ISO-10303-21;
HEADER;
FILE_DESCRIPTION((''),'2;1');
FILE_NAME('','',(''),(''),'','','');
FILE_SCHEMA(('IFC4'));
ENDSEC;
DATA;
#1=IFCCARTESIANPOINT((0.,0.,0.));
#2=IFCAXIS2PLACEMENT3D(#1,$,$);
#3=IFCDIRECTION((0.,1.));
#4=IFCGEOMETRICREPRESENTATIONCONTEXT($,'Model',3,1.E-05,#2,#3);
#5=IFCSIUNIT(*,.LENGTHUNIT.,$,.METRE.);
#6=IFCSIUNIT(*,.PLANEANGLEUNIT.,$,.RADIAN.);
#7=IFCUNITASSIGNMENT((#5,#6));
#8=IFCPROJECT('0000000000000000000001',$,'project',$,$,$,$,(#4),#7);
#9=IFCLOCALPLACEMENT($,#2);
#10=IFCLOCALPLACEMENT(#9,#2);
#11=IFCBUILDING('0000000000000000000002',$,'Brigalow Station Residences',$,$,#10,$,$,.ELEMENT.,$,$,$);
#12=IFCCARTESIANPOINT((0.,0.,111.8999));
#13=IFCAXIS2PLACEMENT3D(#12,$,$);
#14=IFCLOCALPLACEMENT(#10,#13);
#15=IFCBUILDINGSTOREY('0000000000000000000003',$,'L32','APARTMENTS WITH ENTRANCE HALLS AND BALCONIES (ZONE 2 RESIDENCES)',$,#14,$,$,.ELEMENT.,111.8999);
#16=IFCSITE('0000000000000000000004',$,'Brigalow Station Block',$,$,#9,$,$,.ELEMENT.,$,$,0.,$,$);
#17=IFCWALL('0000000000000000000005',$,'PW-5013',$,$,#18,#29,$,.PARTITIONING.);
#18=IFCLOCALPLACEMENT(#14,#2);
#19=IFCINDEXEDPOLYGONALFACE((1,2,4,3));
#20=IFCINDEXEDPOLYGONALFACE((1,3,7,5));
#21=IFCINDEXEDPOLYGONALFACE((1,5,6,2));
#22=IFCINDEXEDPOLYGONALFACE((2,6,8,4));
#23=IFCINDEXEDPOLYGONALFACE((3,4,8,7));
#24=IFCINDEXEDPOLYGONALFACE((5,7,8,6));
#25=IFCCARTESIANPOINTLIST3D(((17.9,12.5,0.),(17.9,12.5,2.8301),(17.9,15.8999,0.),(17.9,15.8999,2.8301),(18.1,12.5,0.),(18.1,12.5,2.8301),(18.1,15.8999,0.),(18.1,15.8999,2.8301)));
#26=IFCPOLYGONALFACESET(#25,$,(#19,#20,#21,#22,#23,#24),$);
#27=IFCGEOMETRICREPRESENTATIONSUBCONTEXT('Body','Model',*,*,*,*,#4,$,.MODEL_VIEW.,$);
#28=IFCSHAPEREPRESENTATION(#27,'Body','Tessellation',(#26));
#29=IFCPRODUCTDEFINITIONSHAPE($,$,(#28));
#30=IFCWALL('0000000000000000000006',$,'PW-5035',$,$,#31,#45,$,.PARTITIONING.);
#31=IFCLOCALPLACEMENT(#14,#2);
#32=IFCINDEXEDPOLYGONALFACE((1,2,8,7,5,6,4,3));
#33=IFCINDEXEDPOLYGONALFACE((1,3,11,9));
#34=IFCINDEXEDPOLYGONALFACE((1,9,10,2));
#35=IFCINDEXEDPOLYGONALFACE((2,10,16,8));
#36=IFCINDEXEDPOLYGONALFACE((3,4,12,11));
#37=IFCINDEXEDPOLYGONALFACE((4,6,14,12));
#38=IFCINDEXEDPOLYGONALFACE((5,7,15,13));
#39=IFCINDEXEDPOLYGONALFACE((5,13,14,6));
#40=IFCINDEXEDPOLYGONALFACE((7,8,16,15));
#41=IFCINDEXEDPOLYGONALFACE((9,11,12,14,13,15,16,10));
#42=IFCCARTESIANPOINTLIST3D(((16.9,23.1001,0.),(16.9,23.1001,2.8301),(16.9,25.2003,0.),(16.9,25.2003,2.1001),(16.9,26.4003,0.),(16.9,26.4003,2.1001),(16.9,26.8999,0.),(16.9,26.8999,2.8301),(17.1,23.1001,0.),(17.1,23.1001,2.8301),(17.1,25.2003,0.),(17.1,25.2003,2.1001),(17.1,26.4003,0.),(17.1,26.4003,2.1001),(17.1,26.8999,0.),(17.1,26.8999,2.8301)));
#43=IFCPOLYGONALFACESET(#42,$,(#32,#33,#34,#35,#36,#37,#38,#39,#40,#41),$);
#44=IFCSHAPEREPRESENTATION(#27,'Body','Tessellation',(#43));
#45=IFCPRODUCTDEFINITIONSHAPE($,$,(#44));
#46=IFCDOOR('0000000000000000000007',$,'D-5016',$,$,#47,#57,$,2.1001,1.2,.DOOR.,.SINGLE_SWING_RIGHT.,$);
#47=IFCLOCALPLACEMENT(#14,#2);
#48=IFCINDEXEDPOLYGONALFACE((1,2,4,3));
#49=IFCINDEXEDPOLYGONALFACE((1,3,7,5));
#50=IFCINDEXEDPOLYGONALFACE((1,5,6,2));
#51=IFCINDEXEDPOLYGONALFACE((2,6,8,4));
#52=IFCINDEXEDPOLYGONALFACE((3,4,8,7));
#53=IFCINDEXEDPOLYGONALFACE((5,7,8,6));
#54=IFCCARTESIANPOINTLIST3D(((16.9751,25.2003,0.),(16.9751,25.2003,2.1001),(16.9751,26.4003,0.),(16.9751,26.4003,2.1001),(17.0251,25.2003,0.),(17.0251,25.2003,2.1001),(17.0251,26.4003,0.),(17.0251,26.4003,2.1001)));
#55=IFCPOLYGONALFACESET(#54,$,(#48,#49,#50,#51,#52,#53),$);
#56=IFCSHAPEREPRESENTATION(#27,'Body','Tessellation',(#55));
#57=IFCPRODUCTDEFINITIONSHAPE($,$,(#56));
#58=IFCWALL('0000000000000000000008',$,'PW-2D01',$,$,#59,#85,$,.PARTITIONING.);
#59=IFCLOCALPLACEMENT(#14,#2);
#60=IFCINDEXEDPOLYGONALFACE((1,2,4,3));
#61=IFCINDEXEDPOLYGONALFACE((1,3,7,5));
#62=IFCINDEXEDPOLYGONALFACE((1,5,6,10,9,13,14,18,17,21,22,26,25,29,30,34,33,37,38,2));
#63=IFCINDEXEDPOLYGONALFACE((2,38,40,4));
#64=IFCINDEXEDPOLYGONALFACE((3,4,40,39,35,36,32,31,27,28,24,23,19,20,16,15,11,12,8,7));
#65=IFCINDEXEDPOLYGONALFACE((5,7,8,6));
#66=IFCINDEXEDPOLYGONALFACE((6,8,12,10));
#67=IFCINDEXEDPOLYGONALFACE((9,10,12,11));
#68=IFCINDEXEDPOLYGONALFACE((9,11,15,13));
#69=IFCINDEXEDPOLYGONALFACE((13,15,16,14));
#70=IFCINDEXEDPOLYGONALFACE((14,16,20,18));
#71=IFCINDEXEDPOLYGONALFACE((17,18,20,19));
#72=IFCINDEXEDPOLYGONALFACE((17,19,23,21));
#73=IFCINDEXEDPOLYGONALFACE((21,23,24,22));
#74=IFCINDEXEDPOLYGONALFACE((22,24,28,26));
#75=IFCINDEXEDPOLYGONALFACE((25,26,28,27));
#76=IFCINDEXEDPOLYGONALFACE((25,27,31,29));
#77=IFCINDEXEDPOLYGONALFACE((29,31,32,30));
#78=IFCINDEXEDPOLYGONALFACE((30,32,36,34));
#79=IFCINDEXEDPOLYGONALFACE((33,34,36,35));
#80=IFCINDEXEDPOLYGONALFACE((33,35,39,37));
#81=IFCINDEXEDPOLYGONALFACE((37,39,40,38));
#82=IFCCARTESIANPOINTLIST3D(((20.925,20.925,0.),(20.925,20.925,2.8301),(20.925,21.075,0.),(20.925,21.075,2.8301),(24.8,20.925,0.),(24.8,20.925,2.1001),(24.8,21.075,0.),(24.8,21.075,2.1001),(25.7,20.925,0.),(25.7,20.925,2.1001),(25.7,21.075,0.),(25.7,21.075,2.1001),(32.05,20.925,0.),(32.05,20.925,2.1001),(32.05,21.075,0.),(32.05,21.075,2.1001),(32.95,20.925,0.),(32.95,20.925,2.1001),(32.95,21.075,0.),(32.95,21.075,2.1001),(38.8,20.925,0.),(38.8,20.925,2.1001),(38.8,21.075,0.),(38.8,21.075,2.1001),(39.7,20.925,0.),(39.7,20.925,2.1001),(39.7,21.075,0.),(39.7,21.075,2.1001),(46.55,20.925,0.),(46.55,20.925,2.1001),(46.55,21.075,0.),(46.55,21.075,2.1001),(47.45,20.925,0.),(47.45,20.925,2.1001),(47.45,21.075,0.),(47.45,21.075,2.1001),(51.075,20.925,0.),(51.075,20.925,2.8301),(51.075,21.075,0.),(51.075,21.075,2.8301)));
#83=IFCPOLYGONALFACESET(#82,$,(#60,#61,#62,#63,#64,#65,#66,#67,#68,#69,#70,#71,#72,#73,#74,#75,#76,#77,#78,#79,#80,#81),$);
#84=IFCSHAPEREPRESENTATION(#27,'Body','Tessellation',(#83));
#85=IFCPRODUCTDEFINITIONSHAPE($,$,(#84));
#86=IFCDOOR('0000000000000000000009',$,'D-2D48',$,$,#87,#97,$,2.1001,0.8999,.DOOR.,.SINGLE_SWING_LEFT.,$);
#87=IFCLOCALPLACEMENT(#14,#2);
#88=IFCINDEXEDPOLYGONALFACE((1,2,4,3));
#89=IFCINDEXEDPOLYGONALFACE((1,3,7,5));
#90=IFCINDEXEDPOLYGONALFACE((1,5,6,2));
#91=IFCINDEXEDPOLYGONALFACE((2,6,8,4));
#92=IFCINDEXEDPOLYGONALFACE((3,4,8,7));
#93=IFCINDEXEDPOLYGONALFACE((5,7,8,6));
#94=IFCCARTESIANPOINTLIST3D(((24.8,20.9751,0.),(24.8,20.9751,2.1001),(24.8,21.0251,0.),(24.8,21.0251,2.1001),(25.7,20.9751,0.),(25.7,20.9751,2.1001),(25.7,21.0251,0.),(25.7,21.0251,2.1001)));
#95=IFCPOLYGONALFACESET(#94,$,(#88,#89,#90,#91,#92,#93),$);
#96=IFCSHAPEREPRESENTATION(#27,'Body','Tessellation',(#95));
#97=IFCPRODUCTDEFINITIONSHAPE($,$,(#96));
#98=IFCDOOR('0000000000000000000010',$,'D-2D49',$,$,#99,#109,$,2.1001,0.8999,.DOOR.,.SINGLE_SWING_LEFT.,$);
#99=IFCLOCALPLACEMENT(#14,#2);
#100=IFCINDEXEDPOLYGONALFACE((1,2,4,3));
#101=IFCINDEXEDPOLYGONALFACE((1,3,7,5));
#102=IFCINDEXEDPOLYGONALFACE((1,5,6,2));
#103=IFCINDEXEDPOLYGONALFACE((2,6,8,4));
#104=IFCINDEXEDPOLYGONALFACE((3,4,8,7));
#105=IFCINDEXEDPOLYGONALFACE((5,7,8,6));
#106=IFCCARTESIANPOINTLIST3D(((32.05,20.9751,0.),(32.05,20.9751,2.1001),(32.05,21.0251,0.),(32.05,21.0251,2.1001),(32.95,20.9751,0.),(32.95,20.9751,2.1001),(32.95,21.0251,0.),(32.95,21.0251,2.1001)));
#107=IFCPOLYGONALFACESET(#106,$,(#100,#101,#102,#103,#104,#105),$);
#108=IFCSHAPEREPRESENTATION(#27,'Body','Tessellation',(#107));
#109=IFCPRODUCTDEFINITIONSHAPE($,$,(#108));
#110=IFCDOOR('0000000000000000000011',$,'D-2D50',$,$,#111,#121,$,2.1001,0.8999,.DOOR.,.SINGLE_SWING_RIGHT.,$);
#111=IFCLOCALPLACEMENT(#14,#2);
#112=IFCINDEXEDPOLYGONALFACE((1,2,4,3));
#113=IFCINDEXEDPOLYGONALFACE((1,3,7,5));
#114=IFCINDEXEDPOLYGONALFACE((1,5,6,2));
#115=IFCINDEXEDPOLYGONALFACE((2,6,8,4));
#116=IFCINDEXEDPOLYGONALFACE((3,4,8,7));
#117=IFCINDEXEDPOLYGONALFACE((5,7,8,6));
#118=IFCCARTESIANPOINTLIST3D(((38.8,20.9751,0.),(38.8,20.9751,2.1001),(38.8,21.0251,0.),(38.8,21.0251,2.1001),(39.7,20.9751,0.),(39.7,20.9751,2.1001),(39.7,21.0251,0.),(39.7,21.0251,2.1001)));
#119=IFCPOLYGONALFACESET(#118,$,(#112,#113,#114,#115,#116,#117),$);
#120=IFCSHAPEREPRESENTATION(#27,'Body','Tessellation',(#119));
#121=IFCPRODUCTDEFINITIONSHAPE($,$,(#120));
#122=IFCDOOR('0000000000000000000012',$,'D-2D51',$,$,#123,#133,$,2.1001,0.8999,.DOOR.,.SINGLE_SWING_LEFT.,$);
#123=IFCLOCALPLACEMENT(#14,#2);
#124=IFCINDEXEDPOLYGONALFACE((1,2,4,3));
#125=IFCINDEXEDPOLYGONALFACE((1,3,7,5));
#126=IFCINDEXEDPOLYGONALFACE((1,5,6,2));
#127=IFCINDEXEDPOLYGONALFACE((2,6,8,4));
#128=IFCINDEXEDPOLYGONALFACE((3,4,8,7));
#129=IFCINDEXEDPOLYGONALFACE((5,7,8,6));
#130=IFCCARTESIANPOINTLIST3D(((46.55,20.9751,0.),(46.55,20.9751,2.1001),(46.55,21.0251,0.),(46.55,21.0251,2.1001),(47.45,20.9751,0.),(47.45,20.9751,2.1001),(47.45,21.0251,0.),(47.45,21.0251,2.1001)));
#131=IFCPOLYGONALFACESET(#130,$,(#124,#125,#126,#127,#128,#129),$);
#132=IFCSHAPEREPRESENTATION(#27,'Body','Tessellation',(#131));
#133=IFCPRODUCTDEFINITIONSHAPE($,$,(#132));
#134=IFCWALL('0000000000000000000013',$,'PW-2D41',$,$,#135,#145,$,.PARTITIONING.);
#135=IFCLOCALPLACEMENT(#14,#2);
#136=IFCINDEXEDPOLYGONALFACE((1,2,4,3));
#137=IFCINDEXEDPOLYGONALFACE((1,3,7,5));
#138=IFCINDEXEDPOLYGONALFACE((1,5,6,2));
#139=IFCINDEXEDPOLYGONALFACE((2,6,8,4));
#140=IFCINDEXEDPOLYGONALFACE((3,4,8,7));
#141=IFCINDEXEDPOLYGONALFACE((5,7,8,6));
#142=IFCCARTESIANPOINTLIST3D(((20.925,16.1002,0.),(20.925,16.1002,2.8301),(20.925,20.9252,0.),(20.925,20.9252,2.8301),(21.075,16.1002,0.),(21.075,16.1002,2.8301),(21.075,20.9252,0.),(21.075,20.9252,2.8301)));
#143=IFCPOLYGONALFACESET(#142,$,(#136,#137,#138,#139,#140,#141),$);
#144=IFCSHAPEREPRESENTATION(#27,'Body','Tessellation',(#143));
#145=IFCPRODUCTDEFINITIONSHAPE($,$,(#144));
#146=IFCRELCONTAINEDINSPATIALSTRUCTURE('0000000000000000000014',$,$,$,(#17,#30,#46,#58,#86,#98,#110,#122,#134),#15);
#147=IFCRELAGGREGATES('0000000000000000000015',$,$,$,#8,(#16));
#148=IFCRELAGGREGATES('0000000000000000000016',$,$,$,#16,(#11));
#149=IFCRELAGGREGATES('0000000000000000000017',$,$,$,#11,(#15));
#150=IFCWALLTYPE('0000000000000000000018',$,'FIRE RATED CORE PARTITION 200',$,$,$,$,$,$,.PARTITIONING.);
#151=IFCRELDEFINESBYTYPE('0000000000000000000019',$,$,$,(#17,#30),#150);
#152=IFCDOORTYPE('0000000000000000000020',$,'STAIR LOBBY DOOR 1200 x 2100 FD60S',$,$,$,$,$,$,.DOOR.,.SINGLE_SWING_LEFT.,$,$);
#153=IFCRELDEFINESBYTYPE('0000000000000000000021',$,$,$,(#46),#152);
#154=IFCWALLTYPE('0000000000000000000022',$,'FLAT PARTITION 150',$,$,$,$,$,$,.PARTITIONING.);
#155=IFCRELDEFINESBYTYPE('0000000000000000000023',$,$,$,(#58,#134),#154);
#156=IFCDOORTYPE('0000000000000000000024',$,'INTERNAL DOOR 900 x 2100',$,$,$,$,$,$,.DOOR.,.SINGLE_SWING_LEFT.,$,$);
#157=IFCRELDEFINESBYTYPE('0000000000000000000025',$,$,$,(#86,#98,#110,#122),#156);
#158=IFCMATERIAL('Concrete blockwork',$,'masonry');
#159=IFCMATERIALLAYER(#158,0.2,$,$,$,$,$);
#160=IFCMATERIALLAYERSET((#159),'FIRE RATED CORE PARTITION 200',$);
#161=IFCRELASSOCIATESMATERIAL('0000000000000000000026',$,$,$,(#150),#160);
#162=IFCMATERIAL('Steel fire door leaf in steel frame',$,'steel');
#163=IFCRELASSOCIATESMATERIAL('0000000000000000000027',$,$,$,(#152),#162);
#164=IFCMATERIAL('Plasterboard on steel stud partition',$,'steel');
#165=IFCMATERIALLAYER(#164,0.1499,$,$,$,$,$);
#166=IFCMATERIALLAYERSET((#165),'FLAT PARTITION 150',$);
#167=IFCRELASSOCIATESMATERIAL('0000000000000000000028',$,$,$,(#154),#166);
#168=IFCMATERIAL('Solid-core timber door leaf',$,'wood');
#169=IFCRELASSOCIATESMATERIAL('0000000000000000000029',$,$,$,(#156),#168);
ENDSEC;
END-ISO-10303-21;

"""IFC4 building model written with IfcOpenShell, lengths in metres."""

from ifc_helpers import new_model, si_unit, direction, frame, frame_2d, origin, place, context, subcontext, project, spatial, rectangle, extrude, material, layer, layer_set, type_object, element, fill, save


model = new_model("IFC4")

# Units and contexts
model_context = context("Model", 3, precision=1e-05, world=origin(), true_north=direction((0.0, 1.0)))
body_context = subcontext(model_context, "Body", "Model", "MODEL_VIEW")
ifc_project = project(units=[si_unit("LENGTHUNIT", "METRE"), si_unit("PLANEANGLEUNIT", "RADIAN")], contexts=[model_context])

# Site, building, storey
site_placement = place(None, origin())
site = spatial("IfcSite", under=ifc_project, at=site_placement, Name="Brigalow Station Block", CompositionType="ELEMENT", RefElevation=0.0)
building_placement = place(site_placement, origin())
building = spatial("IfcBuilding", under=site, at=building_placement, Name="Brigalow Station Residences", CompositionType="ELEMENT")
storey_placement = place(building_placement, frame((0.0, 0.0, 111.8999)))
storey = spatial("IfcBuildingStorey", under=building, at=storey_placement, Name="L32", Description="APARTMENTS WITH ENTRANCE HALLS AND BALCONIES (ZONE 2 RESIDENCES)", CompositionType="ELEMENT", Elevation=111.8999)

# Wall
ifc_material_1 = material(Name="Concrete blockwork", Category="masonry")
ifc_layer_1 = layer(ifc_material_1, 0.2)
ifc_layer_set_1 = layer_set([ifc_layer_1], Name="FIRE RATED CORE PARTITION 200")
wall_type_1 = type_object("IfcWallType", Name="FIRE RATED CORE PARTITION 200", PredefinedType="PARTITIONING", material=ifc_layer_set_1)
wall_1_placement = place(storey_placement, frame((18.0, 12.5, 0.0), z_axis=(0.0, 0.0, 1.0), x_axis=(0.0, 1.0, 0.0)))
element("IfcWall", 1, at=wall_1_placement, inside=storey, type_object=wall_type_1, Name="PW-5013", PredefinedType="PARTITIONING", context=body_context, shape_type="SweptSolid", body=[
    extrude(rectangle(XDim=3.3999, YDim=0.2, at=frame_2d((1.7, 0.0))), origin(), (0.0, 0.0, 1.0), 2.8301),
])

# Wall, opening, door
wall_2_placement = place(storey_placement, frame((17.0, 23.1001, 0.0), z_axis=(0.0, 0.0, 1.0), x_axis=(0.0, 1.0, 0.0)))
wall_2 = element("IfcWall", 2, at=wall_2_placement, inside=storey, type_object=wall_type_1, Name="PW-5035", PredefinedType="PARTITIONING", context=body_context, shape_type="SweptSolid", body=[
    extrude(rectangle(XDim=3.7998, YDim=0.2, at=frame_2d((1.8999, 0.0))), origin(), (0.0, 0.0, 1.0), 2.8301),
])
opening_1_placement = place(wall_2_placement, frame((2.1001, 0.0, 0.0)))
opening_1 = element("IfcOpeningElement", 3, at=opening_1_placement, cuts=wall_2, PredefinedType="OPENING", context=body_context, shape_type="SweptSolid", body=[
    extrude(rectangle(XDim=1.2, YDim=2.1001, at=frame_2d((0.6001, 1.05))), frame((0.0, 0.1099, 0.0), z_axis=(0.0, -1.0, 0.0), x_axis=(1.0, 0.0, 0.0)), (0.0, 0.0, 1.0), 0.22),
])
ifc_material_2 = material(Name="Steel fire door leaf in steel frame", Category="steel")
door_type_1 = type_object("IfcDoorType", Name="STAIR LOBBY DOOR 1200 x 2100 FD60S", OperationType="SINGLE_SWING_LEFT", PredefinedType="DOOR", material=ifc_material_2)
door_1_placement = place(opening_1_placement, origin())
door_1 = element("IfcDoor", 4, at=door_1_placement, inside=storey, type_object=door_type_1, Name="D-5016", OperationType="SINGLE_SWING_RIGHT", OverallHeight=2.1001, OverallWidth=1.2, PredefinedType="DOOR", context=body_context, shape_type="SweptSolid", body=[
    extrude(rectangle(XDim=1.2, YDim=2.1001, at=frame_2d((0.6001, 1.05))), frame((0.0, 0.0249, 0.0), z_axis=(0.0, -1.0, 0.0), x_axis=(1.0, 0.0, 0.0)), (0.0, 0.0, 1.0), 0.05),
])
fill(opening_1, door_1)

# Wall, openings, doors
ifc_material_3 = material(Name="Plasterboard on steel stud partition", Category="steel")
ifc_layer_2 = layer(ifc_material_3, 0.1499)
ifc_layer_set_2 = layer_set([ifc_layer_2], Name="FLAT PARTITION 150")
wall_type_2 = type_object("IfcWallType", Name="FLAT PARTITION 150", PredefinedType="PARTITIONING", material=ifc_layer_set_2)
wall_3_placement = place(storey_placement, frame((20.925, 21.0, 0.0), z_axis=(0.0, 0.0, 1.0), x_axis=(1.0, 0.0, 0.0)))
wall_3 = element("IfcWall", 5, at=wall_3_placement, inside=storey, type_object=wall_type_2, Name="PW-2D01", PredefinedType="PARTITIONING", context=body_context, shape_type="SweptSolid", body=[
    extrude(rectangle(XDim=30.1499, YDim=0.1499, at=frame_2d((15.075, 0.0))), origin(), (0.0, 0.0, 1.0), 2.8301),
])
opening_2_placement = place(wall_3_placement, frame((3.875, 0.0, 0.0)))
opening_2 = element("IfcOpeningElement", 6, at=opening_2_placement, cuts=wall_3, PredefinedType="OPENING", context=body_context, shape_type="SweptSolid", body=[
    extrude(rectangle(XDim=0.8999, YDim=2.1001, at=frame_2d((0.45, 1.05))), frame((0.0, 0.085, 0.0), z_axis=(0.0, -1.0, 0.0), x_axis=(1.0, 0.0, 0.0)), (0.0, 0.0, 1.0), 0.1699),
])
opening_3_placement = place(wall_3_placement, frame((11.125, 0.0, 0.0)))
opening_3 = element("IfcOpeningElement", 7, at=opening_3_placement, cuts=wall_3, PredefinedType="OPENING", context=body_context, shape_type="SweptSolid", body=[
    extrude(rectangle(XDim=0.8999, YDim=2.1001, at=frame_2d((0.45, 1.05))), frame((0.0, 0.085, 0.0), z_axis=(0.0, -1.0, 0.0), x_axis=(1.0, 0.0, 0.0)), (0.0, 0.0, 1.0), 0.1699),
])
opening_4_placement = place(wall_3_placement, frame((17.875, 0.0, 0.0)))
opening_4 = element("IfcOpeningElement", 8, at=opening_4_placement, cuts=wall_3, PredefinedType="OPENING", context=body_context, shape_type="SweptSolid", body=[
    extrude(rectangle(XDim=0.8999, YDim=2.1001, at=frame_2d((0.45, 1.05))), frame((0.0, 0.085, 0.0), z_axis=(0.0, -1.0, 0.0), x_axis=(1.0, 0.0, 0.0)), (0.0, 0.0, 1.0), 0.1699),
])
opening_5_placement = place(wall_3_placement, frame((25.625, 0.0, 0.0)))
opening_5 = element("IfcOpeningElement", 9, at=opening_5_placement, cuts=wall_3, PredefinedType="OPENING", context=body_context, shape_type="SweptSolid", body=[
    extrude(rectangle(XDim=0.8999, YDim=2.1001, at=frame_2d((0.45, 1.05))), frame((0.0, 0.085, 0.0), z_axis=(0.0, -1.0, 0.0), x_axis=(1.0, 0.0, 0.0)), (0.0, 0.0, 1.0), 0.1699),
])
ifc_material_4 = material(Name="Solid-core timber door leaf", Category="wood")
door_type_2 = type_object("IfcDoorType", Name="INTERNAL DOOR 900 x 2100", OperationType="SINGLE_SWING_LEFT", PredefinedType="DOOR", material=ifc_material_4)
door_2_placement = place(opening_2_placement, frame((0.8999, 0.0, 0.0), z_axis=(0.0, 0.0, 1.0), x_axis=(-1.0, 0.0, 0.0)))
door_2 = element("IfcDoor", 10, at=door_2_placement, inside=storey, type_object=door_type_2, Name="D-2D48", OperationType="SINGLE_SWING_LEFT", OverallHeight=2.1001, OverallWidth=0.8999, PredefinedType="DOOR", context=body_context, shape_type="SweptSolid", body=[
    extrude(rectangle(XDim=0.8999, YDim=2.1001, at=frame_2d((0.45, 1.05))), frame((0.0, 0.0249, 0.0), z_axis=(0.0, -1.0, 0.0), x_axis=(1.0, 0.0, 0.0)), (0.0, 0.0, 1.0), 0.05),
])
fill(opening_2, door_2)
door_3_placement = place(opening_3_placement, frame((0.8999, 0.0, 0.0), z_axis=(0.0, 0.0, 1.0), x_axis=(-1.0, 0.0, 0.0)))
door_3 = element("IfcDoor", 11, at=door_3_placement, inside=storey, type_object=door_type_2, Name="D-2D49", OperationType="SINGLE_SWING_LEFT", OverallHeight=2.1001, OverallWidth=0.8999, PredefinedType="DOOR", context=body_context, shape_type="SweptSolid", body=[
    extrude(rectangle(XDim=0.8999, YDim=2.1001, at=frame_2d((0.45, 1.05))), frame((0.0, 0.0249, 0.0), z_axis=(0.0, -1.0, 0.0), x_axis=(1.0, 0.0, 0.0)), (0.0, 0.0, 1.0), 0.05),
])
fill(opening_3, door_3)
door_4_placement = place(opening_4_placement, frame((0.8999, 0.0, 0.0), z_axis=(0.0, 0.0, 1.0), x_axis=(-1.0, 0.0, 0.0)))
door_4 = element("IfcDoor", 12, at=door_4_placement, inside=storey, type_object=door_type_2, Name="D-2D50", OperationType="SINGLE_SWING_RIGHT", OverallHeight=2.1001, OverallWidth=0.8999, PredefinedType="DOOR", context=body_context, shape_type="SweptSolid", body=[
    extrude(rectangle(XDim=0.8999, YDim=2.1001, at=frame_2d((0.45, 1.05))), frame((0.0, 0.0249, 0.0), z_axis=(0.0, -1.0, 0.0), x_axis=(1.0, 0.0, 0.0)), (0.0, 0.0, 1.0), 0.05),
])
fill(opening_4, door_4)
door_5_placement = place(opening_5_placement, frame((0.8999, 0.0, 0.0), z_axis=(0.0, 0.0, 1.0), x_axis=(-1.0, 0.0, 0.0)))
door_5 = element("IfcDoor", 13, at=door_5_placement, inside=storey, type_object=door_type_2, Name="D-2D51", OperationType="SINGLE_SWING_LEFT", OverallHeight=2.1001, OverallWidth=0.8999, PredefinedType="DOOR", context=body_context, shape_type="SweptSolid", body=[
    extrude(rectangle(XDim=0.8999, YDim=2.1001, at=frame_2d((0.45, 1.05))), frame((0.0, 0.0249, 0.0), z_axis=(0.0, -1.0, 0.0), x_axis=(1.0, 0.0, 0.0)), (0.0, 0.0, 1.0), 0.05),
])
fill(opening_5, door_5)

# Wall
wall_4_placement = place(storey_placement, frame((21.0, 16.1001, 0.0), z_axis=(0.0, 0.0, 1.0), x_axis=(0.0, 1.0, 0.0)))
element("IfcWall", 14, at=wall_4_placement, inside=storey, type_object=wall_type_2, Name="PW-2D41", PredefinedType="PARTITIONING", context=body_context, shape_type="SweptSolid", body=[
    extrude(rectangle(XDim=4.825, YDim=0.1499, at=frame_2d((2.4126, 0.0))), origin(), (0.0, 0.0, 1.0), 2.8301),
])

save(model, "model.ifc")
